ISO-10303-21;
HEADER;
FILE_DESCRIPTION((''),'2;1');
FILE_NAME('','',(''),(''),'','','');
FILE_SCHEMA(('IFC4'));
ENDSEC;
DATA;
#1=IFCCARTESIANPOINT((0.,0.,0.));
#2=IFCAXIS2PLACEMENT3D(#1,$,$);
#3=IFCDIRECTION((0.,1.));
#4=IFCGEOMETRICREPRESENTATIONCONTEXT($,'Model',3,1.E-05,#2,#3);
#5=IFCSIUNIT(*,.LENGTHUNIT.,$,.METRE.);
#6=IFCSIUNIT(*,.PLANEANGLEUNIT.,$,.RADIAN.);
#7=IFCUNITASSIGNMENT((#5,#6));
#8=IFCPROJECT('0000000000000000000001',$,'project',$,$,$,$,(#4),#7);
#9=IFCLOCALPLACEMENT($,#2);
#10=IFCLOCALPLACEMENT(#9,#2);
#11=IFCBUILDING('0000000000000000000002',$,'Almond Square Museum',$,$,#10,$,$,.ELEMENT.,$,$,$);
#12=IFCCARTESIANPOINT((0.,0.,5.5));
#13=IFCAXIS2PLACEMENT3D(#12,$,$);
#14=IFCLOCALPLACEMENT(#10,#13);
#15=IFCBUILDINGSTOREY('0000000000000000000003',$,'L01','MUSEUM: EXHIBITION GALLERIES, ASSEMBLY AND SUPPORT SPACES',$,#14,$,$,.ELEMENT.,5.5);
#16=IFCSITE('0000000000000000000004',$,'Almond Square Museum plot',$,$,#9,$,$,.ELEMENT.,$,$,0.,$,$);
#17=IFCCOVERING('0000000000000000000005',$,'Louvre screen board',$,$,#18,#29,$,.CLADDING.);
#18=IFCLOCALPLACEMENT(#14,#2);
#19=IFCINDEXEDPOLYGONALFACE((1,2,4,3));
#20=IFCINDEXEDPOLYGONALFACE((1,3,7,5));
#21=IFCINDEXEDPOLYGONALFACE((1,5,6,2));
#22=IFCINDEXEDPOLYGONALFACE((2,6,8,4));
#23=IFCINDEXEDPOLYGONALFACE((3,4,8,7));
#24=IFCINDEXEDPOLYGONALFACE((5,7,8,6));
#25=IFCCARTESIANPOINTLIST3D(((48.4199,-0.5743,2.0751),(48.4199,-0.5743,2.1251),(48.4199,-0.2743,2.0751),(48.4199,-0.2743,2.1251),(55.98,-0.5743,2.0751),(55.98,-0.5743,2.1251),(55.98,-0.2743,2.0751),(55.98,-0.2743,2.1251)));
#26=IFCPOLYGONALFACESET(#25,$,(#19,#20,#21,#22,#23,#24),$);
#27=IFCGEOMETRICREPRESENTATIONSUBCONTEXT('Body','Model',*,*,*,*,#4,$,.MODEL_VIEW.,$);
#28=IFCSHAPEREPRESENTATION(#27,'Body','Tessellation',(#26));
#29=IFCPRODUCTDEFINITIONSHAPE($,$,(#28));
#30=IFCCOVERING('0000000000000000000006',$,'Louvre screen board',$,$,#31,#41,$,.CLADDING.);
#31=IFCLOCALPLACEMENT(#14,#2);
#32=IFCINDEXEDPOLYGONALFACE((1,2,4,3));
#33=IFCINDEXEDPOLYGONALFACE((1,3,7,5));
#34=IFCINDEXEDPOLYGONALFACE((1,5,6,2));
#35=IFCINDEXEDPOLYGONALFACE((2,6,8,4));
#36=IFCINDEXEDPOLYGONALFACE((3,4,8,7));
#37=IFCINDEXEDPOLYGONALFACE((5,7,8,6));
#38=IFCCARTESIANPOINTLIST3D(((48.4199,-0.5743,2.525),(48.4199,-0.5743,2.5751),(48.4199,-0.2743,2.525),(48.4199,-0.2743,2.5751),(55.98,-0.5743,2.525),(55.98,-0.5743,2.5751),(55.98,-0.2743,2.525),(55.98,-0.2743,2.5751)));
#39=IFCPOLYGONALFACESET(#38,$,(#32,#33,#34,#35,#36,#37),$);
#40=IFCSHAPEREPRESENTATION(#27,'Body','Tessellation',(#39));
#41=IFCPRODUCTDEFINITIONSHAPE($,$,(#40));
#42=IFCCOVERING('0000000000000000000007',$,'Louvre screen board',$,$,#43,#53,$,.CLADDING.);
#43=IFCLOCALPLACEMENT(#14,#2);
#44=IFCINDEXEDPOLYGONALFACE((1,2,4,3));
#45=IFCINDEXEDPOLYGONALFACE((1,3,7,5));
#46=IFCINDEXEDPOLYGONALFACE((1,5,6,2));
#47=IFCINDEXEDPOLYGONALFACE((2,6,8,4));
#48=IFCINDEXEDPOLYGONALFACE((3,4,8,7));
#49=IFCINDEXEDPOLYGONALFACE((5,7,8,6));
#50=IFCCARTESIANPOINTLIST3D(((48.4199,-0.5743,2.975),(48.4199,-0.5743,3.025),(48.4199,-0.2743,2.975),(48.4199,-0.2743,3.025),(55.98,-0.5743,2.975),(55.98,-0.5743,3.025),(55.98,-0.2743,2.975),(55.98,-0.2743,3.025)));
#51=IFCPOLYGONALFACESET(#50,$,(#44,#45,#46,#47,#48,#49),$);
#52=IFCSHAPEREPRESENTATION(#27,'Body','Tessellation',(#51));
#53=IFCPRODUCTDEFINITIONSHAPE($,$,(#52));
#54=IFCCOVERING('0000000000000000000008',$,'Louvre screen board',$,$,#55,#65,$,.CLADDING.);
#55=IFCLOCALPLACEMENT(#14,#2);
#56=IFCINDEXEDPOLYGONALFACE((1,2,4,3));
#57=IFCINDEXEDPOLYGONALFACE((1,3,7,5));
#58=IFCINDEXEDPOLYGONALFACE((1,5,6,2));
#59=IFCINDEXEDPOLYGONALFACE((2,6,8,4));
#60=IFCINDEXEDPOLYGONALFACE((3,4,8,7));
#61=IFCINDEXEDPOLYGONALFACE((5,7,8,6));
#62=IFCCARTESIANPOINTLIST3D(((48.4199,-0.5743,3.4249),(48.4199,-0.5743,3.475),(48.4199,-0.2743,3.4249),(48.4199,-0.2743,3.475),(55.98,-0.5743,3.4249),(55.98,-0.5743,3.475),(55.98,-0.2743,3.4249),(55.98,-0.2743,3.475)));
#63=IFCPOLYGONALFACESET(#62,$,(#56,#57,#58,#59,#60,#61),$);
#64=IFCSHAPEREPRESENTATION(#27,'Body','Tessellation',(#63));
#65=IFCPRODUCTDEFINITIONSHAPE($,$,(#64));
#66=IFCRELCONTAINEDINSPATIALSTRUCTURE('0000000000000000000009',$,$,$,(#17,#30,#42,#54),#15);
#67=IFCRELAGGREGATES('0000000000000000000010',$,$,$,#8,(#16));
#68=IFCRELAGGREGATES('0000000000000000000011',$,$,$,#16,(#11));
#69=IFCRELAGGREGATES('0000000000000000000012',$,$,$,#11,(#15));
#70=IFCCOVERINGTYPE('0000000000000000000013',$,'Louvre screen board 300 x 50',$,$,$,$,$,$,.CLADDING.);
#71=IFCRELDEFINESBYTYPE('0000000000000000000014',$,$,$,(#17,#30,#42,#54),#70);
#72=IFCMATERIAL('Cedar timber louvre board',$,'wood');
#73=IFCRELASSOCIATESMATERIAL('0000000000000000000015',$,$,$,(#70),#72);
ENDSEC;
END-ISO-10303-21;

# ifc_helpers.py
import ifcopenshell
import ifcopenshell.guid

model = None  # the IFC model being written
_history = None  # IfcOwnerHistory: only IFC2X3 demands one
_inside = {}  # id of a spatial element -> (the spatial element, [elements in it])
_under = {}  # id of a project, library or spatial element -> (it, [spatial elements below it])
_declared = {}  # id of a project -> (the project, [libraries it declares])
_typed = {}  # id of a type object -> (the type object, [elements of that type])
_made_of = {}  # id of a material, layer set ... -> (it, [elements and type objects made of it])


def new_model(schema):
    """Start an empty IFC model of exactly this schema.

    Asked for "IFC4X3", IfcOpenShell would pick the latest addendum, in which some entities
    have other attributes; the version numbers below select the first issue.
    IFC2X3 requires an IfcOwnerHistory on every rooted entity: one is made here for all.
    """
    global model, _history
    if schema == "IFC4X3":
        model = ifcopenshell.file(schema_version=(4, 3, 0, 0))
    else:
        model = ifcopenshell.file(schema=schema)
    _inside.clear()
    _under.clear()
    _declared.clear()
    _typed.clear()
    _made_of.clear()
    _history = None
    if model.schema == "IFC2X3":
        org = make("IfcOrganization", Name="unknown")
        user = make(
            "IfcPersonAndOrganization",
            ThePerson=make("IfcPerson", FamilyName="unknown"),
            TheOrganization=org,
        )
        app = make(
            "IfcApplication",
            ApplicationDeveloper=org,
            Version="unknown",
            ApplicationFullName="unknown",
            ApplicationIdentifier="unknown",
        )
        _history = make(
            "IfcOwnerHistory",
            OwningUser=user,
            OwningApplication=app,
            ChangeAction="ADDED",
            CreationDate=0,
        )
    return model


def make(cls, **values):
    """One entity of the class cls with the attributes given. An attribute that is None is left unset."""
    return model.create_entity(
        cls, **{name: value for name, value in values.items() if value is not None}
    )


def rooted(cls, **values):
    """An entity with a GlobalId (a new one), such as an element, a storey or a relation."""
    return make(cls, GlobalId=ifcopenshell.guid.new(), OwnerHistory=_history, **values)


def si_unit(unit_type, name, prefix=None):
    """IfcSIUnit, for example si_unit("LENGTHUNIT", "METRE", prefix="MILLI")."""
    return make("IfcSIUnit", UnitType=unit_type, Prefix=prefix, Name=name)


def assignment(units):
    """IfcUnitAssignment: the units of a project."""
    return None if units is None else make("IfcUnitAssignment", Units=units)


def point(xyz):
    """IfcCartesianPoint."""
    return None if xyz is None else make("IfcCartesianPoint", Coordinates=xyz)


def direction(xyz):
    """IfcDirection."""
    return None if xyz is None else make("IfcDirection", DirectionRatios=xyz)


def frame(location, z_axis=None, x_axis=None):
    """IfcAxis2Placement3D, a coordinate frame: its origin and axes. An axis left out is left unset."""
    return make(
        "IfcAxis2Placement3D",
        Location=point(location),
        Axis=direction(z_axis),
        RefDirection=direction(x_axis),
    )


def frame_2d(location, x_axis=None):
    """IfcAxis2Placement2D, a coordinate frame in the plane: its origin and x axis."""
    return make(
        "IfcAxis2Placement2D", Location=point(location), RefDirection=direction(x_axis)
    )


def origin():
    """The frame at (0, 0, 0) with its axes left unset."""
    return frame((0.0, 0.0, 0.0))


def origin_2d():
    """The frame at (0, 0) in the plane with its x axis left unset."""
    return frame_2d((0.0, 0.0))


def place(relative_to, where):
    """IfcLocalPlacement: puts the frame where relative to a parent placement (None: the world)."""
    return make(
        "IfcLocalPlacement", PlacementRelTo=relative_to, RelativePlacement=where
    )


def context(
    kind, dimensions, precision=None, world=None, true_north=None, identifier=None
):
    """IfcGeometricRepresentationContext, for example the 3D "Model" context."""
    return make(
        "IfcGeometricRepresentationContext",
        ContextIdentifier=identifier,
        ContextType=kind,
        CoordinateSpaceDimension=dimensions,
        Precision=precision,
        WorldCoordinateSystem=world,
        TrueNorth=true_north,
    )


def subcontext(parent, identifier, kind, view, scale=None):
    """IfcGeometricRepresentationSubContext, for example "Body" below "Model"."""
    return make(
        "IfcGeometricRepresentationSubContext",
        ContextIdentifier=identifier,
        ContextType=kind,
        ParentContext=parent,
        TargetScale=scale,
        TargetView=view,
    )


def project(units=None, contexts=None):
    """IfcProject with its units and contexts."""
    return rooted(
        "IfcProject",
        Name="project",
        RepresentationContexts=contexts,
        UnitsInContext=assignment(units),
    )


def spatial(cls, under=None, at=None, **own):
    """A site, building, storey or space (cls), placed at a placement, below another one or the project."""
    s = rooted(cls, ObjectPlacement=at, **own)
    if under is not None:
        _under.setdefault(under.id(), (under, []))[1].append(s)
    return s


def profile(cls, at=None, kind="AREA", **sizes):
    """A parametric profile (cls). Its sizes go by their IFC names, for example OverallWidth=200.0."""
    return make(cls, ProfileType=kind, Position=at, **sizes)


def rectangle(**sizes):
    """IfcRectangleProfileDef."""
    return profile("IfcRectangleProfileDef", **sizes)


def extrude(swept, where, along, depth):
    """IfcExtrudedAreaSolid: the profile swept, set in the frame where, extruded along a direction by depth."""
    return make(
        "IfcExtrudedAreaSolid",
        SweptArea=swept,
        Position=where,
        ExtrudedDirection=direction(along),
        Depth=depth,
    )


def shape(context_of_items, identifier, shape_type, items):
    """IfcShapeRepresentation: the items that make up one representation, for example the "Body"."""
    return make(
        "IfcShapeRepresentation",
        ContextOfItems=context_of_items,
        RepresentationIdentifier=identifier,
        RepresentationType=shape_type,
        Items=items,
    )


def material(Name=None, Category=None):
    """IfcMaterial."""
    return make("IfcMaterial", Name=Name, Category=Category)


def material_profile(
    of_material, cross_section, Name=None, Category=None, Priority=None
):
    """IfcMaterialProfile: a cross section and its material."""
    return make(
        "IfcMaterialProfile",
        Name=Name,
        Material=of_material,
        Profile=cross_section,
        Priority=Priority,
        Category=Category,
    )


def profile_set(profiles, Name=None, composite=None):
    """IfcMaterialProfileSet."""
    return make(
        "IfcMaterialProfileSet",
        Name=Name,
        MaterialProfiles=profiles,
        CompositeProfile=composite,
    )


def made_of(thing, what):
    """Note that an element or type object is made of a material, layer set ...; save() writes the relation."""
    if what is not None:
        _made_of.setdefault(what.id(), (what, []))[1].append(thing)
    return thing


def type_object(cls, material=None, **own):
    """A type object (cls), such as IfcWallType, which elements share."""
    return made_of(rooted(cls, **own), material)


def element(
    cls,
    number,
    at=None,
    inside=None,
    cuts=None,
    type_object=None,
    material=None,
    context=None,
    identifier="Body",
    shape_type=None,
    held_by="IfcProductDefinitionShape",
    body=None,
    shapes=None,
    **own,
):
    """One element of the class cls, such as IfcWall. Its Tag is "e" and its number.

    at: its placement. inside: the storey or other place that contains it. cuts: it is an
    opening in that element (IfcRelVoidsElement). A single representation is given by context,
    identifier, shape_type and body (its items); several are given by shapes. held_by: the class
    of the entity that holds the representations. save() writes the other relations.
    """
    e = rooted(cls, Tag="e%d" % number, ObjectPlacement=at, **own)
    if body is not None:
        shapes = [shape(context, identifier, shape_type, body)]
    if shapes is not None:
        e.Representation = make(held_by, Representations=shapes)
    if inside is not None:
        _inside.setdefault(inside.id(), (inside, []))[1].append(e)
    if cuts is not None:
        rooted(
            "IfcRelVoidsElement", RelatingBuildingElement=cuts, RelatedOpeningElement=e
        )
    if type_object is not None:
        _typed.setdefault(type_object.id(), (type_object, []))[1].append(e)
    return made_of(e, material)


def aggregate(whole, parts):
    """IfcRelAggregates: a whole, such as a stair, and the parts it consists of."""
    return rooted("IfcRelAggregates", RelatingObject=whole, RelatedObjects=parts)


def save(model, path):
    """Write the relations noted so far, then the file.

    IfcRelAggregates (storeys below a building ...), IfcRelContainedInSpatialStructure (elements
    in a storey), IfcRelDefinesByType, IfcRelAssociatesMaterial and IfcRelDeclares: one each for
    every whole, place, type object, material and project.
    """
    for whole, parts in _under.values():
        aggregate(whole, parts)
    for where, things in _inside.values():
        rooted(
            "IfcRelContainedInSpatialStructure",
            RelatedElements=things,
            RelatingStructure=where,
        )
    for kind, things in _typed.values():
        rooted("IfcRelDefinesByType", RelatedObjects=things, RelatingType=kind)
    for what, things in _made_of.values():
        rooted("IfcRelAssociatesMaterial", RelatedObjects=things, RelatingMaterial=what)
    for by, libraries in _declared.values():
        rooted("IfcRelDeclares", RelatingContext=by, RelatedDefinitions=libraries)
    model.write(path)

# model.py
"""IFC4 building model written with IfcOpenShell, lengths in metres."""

from ifc_helpers import new_model, si_unit, direction, frame, origin, origin_2d, place, context, subcontext, project, spatial, rectangle, extrude, material, material_profile, profile_set, type_object, element, save


model = new_model("IFC4")

# Units and contexts
model_context = context("Model", 3, precision=1e-05, world=origin(), true_north=direction((0.0, 1.0)))
body_context = subcontext(model_context, "Body", "Model", "MODEL_VIEW")
ifc_project = project(units=[si_unit("LENGTHUNIT", "METRE"), si_unit("PLANEANGLEUNIT", "RADIAN")], contexts=[model_context])

# Site, building, storey
site_placement = place(None, origin())
site = spatial("IfcSite", under=ifc_project, at=site_placement, Name="Almond Square Museum plot", CompositionType="ELEMENT", RefElevation=0.0)
building_placement = place(site_placement, origin())
building = spatial("IfcBuilding", under=site, at=building_placement, Name="Almond Square Museum", CompositionType="ELEMENT")
storey_placement = place(building_placement, frame((0.0, 0.0, 5.5)))
storey = spatial("IfcBuildingStorey", under=building, at=storey_placement, Name="L01", Description="MUSEUM: EXHIBITION GALLERIES, ASSEMBLY AND SUPPORT SPACES", CompositionType="ELEMENT", Elevation=5.5)

# Coverings
ifc_material_1 = material(Name="Cedar timber louvre board", Category="wood")
ifc_material_profile_1 = material_profile(ifc_material_1, rectangle(XDim=0.3, YDim=0.05, at=origin_2d()))
ifc_profile_set_1 = profile_set([ifc_material_profile_1], Name="Cedar timber louvre board")
covering_type = type_object("IfcCoveringType", Name="Louvre screen board 300 x 50", PredefinedType="CLADDING", material=ifc_profile_set_1)
for number, where, z_axis, x_axis, name in (
    (1, (48.4199, -0.4243, 2.1001), (1.0, 0.0, 0.0), (0.0, 1.0, 0.0), "Louvre screen board"),
    (2, (48.4199, -0.4243, 2.55), (1.0, 0.0, 0.0), (0.0, 1.0, 0.0), "Louvre screen board"),
    (3, (48.4199, -0.4243, 3.0), (1.0, 0.0, 0.0), (0.0, 1.0, 0.0), "Louvre screen board"),
    (4, (48.4199, -0.4243, 3.45), (1.0, 0.0, 0.0), (0.0, 1.0, 0.0), "Louvre screen board"),
):
    element("IfcCovering", number, at=place(storey_placement, frame(where, z_axis=z_axis, x_axis=x_axis)), inside=storey, type_object=covering_type, Name=name, PredefinedType="CLADDING", context=body_context, shape_type="SweptSolid", body=[
        extrude(rectangle(XDim=0.3, YDim=0.05, at=origin_2d()), origin(), (0.0, 0.0, 1.0), 7.5601),
    ])

save(model, "model.ifc")
